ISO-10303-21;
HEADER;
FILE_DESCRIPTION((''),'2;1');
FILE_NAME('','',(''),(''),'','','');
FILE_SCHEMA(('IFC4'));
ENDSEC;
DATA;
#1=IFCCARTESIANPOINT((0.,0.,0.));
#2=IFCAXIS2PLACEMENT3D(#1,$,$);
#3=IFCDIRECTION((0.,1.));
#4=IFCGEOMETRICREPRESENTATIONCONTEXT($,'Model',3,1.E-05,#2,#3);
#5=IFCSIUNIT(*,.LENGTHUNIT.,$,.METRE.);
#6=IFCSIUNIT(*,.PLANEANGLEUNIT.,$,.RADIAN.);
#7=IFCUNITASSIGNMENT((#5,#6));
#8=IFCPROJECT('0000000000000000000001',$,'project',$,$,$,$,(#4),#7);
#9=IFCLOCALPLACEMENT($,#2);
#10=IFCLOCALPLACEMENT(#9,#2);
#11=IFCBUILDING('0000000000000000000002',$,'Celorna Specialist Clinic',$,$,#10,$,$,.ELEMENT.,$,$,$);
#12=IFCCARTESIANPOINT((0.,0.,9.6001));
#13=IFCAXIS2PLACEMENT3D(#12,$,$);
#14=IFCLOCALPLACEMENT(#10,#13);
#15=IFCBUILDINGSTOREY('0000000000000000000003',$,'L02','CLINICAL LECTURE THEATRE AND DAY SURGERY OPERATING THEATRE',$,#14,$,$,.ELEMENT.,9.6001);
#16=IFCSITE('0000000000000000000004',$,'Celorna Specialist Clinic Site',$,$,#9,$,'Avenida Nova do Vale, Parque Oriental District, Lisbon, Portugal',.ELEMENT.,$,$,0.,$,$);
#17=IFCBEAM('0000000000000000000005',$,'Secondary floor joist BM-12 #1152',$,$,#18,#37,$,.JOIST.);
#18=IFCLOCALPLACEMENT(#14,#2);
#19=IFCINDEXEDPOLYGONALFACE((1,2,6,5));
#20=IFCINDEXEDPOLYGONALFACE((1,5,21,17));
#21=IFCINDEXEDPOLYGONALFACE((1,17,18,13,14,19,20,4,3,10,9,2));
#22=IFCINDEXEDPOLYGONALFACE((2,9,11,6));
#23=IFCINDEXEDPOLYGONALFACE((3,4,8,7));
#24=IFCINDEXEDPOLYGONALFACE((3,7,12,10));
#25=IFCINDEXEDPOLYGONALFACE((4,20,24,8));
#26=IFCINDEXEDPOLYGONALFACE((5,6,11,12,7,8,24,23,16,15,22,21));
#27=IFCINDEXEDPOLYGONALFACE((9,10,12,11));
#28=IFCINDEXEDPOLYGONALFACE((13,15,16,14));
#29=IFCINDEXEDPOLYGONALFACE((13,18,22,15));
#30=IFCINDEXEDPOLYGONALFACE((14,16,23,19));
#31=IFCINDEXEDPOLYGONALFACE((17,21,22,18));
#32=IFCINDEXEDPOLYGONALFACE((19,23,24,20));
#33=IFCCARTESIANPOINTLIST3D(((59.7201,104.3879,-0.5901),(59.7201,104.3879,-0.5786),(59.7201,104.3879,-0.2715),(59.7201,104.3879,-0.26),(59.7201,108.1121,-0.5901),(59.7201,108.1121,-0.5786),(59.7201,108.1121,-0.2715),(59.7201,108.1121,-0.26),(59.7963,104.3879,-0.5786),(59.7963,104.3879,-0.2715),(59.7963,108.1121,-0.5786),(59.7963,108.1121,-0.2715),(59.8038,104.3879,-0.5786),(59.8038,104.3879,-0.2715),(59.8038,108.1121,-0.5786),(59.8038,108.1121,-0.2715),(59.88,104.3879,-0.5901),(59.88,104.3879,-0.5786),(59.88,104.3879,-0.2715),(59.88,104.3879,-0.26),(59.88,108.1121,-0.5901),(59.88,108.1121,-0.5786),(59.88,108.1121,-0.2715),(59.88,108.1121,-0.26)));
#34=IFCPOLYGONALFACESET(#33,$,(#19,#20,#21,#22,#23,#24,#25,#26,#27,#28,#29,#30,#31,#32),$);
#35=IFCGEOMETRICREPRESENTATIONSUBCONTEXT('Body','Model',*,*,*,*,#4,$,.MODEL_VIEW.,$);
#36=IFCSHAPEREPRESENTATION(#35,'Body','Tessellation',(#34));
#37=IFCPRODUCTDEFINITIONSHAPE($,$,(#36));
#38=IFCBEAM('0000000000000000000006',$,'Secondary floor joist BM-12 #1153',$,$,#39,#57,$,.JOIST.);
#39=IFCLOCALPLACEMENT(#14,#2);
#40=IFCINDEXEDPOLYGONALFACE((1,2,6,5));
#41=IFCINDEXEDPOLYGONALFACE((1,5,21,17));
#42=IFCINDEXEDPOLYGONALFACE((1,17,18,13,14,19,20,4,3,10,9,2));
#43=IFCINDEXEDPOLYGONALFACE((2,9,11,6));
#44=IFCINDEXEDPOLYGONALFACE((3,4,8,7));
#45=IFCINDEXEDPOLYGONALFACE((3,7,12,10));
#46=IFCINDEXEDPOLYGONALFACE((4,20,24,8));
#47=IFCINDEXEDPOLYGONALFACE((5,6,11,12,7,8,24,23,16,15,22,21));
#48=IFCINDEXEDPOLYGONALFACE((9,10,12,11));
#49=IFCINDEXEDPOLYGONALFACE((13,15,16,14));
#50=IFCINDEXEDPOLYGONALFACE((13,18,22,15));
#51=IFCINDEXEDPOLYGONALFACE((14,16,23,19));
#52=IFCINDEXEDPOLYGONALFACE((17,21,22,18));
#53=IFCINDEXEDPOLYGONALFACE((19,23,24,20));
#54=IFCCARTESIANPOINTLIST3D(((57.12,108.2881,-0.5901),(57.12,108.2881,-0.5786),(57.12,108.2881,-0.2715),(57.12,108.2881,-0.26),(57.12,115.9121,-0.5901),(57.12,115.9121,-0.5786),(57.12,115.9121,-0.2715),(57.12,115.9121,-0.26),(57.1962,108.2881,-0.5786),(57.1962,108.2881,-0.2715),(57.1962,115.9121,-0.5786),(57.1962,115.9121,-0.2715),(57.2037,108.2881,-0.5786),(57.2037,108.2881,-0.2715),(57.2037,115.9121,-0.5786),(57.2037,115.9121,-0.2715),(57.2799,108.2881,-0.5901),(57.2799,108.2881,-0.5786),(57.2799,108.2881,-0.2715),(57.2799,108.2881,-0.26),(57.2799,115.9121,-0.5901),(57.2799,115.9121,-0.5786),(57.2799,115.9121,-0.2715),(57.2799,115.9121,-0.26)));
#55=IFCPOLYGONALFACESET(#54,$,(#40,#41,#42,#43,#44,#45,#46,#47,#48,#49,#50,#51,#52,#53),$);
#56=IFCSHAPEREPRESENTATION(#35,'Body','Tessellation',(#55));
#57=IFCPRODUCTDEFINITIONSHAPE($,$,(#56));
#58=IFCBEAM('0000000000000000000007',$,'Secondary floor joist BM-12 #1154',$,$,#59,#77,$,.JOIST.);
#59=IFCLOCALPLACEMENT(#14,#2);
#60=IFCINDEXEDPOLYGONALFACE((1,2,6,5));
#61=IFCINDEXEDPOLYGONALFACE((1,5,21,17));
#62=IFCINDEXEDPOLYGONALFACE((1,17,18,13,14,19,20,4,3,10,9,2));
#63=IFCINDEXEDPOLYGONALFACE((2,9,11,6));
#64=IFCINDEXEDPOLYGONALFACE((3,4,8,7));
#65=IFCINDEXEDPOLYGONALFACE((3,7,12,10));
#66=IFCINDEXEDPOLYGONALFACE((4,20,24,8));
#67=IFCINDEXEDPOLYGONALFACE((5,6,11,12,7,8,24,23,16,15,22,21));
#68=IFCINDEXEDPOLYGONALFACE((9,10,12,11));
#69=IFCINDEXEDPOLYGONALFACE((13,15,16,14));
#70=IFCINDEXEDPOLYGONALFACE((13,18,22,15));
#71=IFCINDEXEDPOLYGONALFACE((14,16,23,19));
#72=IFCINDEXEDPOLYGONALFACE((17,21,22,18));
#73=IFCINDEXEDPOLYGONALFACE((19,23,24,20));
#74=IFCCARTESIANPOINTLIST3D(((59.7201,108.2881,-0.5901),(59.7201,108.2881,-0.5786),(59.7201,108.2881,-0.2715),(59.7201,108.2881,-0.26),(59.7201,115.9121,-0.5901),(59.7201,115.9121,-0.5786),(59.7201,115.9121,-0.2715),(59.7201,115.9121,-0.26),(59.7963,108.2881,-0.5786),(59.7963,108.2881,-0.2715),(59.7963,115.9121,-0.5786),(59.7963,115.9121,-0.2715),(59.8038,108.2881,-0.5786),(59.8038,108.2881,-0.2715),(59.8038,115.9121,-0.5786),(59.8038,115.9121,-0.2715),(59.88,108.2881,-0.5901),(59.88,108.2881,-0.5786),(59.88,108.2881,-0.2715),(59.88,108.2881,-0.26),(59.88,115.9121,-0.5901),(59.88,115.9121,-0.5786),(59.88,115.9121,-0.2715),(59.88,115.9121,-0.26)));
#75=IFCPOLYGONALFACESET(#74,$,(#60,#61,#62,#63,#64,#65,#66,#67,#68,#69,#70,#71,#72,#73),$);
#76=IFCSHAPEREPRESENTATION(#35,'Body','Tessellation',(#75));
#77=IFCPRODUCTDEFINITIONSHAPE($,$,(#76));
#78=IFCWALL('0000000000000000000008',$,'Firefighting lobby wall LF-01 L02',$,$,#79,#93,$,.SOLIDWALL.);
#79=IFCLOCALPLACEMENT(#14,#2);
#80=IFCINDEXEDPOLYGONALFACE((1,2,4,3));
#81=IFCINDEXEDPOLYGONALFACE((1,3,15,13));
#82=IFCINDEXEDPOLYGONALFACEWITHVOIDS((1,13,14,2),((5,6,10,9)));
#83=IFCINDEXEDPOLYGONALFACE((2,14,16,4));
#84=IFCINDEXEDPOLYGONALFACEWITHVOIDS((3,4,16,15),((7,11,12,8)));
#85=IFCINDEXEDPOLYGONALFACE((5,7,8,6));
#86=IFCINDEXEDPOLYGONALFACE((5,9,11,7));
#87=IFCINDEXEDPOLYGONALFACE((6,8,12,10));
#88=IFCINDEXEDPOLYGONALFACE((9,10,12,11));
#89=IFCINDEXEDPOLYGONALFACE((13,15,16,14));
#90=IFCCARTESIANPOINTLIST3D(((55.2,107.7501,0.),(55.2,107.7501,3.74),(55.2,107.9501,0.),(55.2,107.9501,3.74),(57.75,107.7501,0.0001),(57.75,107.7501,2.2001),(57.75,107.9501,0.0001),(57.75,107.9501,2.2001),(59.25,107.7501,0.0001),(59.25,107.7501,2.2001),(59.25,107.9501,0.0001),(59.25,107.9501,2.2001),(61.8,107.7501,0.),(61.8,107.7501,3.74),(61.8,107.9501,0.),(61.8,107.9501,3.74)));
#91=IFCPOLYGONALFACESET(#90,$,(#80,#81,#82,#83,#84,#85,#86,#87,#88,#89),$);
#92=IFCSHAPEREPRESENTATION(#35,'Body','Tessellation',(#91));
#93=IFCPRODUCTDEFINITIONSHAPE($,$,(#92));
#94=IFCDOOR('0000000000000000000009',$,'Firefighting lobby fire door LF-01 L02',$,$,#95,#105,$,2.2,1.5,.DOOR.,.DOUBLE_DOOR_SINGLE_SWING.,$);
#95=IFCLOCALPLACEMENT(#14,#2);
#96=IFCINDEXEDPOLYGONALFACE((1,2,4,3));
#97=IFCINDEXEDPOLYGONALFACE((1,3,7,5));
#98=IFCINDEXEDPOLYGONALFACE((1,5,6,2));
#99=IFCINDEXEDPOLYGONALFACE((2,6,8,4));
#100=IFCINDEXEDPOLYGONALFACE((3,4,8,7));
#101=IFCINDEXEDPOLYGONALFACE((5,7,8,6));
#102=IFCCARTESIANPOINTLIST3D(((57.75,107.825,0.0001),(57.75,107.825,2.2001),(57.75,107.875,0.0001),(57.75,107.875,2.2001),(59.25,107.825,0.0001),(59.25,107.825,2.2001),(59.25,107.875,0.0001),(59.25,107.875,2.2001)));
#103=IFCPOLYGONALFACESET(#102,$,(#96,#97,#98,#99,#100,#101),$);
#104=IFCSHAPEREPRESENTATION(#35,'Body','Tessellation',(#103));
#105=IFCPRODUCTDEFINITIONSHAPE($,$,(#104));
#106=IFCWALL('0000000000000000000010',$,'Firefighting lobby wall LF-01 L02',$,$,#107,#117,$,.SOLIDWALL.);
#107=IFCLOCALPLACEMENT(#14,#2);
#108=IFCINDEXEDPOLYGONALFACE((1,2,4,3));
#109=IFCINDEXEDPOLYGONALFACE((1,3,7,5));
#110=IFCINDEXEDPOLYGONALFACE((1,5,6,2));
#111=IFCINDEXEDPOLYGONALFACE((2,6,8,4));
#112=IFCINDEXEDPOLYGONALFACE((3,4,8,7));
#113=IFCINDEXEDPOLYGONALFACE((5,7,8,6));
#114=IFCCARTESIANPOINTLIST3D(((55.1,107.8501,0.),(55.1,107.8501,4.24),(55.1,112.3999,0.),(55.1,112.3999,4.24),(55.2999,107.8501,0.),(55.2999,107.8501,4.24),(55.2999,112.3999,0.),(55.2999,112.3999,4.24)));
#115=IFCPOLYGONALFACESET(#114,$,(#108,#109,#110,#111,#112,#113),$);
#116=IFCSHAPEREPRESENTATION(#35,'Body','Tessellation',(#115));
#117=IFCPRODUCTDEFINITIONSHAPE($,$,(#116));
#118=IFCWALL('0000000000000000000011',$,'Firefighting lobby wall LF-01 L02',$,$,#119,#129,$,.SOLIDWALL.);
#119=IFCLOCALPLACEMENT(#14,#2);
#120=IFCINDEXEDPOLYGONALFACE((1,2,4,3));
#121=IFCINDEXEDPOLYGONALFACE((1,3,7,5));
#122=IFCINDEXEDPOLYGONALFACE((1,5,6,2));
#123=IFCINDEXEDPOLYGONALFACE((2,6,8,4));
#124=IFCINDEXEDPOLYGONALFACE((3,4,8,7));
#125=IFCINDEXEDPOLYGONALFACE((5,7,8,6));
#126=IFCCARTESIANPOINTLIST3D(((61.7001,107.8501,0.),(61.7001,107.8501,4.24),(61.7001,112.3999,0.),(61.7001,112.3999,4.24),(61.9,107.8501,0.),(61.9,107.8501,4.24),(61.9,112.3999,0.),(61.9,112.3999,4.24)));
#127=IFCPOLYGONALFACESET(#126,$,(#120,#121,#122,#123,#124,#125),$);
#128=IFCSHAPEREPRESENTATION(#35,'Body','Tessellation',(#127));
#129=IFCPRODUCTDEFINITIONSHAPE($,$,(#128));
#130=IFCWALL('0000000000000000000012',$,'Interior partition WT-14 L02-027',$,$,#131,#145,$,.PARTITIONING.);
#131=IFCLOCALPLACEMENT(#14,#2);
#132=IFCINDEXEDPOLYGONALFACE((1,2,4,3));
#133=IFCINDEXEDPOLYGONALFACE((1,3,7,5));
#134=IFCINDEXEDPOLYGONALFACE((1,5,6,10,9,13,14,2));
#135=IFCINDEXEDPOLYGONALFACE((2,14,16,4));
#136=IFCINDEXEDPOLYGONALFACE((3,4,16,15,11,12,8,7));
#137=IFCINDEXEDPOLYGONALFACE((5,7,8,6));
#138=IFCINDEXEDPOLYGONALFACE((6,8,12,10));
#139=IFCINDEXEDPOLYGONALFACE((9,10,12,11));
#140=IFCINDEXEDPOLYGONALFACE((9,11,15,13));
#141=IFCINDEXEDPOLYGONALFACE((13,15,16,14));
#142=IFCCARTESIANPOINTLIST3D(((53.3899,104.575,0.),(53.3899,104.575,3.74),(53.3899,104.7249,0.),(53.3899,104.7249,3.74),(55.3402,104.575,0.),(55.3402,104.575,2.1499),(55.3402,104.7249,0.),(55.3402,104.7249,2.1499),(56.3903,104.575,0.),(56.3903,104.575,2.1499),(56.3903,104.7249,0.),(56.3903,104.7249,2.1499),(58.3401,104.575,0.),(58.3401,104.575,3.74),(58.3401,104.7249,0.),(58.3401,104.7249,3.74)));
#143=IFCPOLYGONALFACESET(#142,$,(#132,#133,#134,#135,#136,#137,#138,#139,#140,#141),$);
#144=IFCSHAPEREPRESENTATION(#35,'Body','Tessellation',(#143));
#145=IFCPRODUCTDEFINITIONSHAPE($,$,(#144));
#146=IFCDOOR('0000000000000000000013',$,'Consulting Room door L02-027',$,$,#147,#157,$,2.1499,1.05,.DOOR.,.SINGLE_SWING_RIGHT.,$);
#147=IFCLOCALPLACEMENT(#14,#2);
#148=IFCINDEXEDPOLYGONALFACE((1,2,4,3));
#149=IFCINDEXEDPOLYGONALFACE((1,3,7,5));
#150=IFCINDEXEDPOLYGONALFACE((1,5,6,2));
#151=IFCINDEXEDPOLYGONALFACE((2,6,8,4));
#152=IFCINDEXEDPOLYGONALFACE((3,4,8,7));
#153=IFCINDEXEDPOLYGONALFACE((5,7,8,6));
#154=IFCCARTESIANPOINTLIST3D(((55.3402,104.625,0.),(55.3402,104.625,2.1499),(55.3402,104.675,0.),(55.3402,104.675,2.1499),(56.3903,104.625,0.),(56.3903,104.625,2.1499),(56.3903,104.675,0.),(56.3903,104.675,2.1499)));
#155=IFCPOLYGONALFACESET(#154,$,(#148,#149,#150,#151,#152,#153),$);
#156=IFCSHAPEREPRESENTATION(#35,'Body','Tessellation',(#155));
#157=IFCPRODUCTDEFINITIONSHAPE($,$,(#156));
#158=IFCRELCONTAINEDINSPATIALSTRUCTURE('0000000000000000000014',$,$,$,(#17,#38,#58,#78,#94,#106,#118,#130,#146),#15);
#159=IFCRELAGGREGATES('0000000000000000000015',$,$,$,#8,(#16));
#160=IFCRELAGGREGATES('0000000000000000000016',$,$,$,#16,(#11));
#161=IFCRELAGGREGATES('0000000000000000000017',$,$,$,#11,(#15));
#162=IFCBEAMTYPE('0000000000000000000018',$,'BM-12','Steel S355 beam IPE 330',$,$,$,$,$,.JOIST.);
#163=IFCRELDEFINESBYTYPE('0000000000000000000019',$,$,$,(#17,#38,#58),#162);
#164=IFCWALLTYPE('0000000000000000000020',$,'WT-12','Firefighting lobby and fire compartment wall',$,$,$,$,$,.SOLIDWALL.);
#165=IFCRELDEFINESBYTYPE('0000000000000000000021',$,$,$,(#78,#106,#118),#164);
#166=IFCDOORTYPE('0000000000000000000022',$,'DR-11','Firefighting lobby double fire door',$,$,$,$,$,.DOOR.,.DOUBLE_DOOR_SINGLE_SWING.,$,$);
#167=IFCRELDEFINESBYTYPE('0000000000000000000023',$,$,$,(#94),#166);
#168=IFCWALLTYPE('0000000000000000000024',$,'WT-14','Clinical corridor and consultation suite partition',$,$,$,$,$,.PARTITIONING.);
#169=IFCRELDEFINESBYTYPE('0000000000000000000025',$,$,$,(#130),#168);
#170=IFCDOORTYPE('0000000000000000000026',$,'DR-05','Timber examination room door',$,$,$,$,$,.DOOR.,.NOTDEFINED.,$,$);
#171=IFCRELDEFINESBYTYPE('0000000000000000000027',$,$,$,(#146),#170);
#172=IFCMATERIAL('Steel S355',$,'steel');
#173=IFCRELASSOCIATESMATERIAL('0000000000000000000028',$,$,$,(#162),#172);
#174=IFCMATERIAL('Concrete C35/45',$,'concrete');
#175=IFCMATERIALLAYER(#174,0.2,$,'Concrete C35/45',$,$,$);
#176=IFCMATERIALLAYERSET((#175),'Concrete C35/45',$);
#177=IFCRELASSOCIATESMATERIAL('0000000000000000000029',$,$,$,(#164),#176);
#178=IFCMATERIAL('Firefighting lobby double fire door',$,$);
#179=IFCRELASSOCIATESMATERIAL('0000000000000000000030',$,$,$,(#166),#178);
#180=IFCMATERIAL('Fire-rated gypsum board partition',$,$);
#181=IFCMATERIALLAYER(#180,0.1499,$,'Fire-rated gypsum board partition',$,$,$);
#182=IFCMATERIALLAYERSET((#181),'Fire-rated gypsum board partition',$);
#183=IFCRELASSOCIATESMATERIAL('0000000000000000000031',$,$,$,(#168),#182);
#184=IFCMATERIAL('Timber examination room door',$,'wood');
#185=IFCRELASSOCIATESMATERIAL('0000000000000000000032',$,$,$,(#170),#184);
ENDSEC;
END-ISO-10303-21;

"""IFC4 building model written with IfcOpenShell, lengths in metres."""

from ifc_helpers import new_model, si_unit, direction, frame, frame_2d, origin, origin_2d, place, context, subcontext, project, spatial, rectangle, i_section, extrude, material, layer, layer_set, material_profile, profile_set, type_object, element, fill, save


model = new_model("IFC4")

# Units and contexts
model_context = context("Model", 3, precision=1e-05, world=origin(), true_north=direction((0.0, 1.0)))
body_context = subcontext(model_context, "Body", "Model", "MODEL_VIEW")
ifc_project = project(units=[si_unit("LENGTHUNIT", "METRE"), si_unit("PLANEANGLEUNIT", "RADIAN")], contexts=[model_context])

# Site, building, storey
site_placement = place(None, origin())
site = spatial("IfcSite", under=ifc_project, at=site_placement, Name="Celorna Specialist Clinic Site", LongName="Avenida Nova do Vale, Parque Oriental District, Lisbon, Portugal", CompositionType="ELEMENT", RefElevation=0.0)
building_placement = place(site_placement, origin())
building = spatial("IfcBuilding", under=site, at=building_placement, Name="Celorna Specialist Clinic", CompositionType="ELEMENT")
storey_placement = place(building_placement, frame((0.0, 0.0, 9.6001)))
storey = spatial("IfcBuildingStorey", under=building, at=storey_placement, Name="L02", Description="CLINICAL LECTURE THEATRE AND DAY SURGERY OPERATING THEATRE", CompositionType="ELEMENT", Elevation=9.6001)

# Shared definitions
ifc_material_1 = material(Name="Concrete C35/45", Category="concrete")

# Beams
ifc_material_2 = material(Name="Steel S355", Category="steel")
ifc_material_profile_1 = material_profile(ifc_material_2, i_section(OverallWidth=0.1599, OverallDepth=0.3301, WebThickness=0.0076, FlangeThickness=0.0115, at=origin_2d()), Name="IPE 330")
ifc_profile_set_1 = profile_set([ifc_material_profile_1], Name="Steel S355")
beam_type_1 = type_object("IfcBeamType", Name="BM-12", Description="Steel S355 beam IPE 330", PredefinedType="JOIST", material=ifc_profile_set_1)
for number, where, z_axis, x_axis, name in (
    (1, (59.8, 104.3879, -0.425), (0.0, 1.0, 0.0), (-1.0, 0.0, 0.0), "Secondary floor joist BM-12 #1152"),
):
    element("IfcBeam", number, at=place(storey_placement, frame(where, z_axis=z_axis, x_axis=x_axis)), inside=storey, type_object=beam_type_1, Name=name, PredefinedType="JOIST", context=body_context, shape_type="SweptSolid", body=[
        extrude(i_section(OverallWidth=0.1599, OverallDepth=0.3301, WebThickness=0.0076, FlangeThickness=0.0115, at=origin_2d()), origin(), (0.0, 0.0, 1.0), 3.7241),
    ])
for number, where, z_axis, x_axis, name in (
    (2, (57.2, 108.2881, -0.425), (0.0, 1.0, 0.0), (-1.0, 0.0, 0.0), "Secondary floor joist BM-12 #1153"),
    (3, (59.8, 108.2881, -0.425), (0.0, 1.0, 0.0), (-1.0, 0.0, 0.0), "Secondary floor joist BM-12 #1154"),
):
    element("IfcBeam", number, at=place(storey_placement, frame(where, z_axis=z_axis, x_axis=x_axis)), inside=storey, type_object=beam_type_1, Name=name, PredefinedType="JOIST", context=body_context, shape_type="SweptSolid", body=[
        extrude(i_section(OverallWidth=0.1599, OverallDepth=0.3301, WebThickness=0.0076, FlangeThickness=0.0115, at=origin_2d()), origin(), (0.0, 0.0, 1.0), 7.624),
    ])

# Wall, opening, door
ifc_layer_1 = layer(ifc_material_1, 0.2, Name="Concrete C35/45")
ifc_layer_set_1 = layer_set([ifc_layer_1], Name="Concrete C35/45")
wall_type_1 = type_object("IfcWallType", Name="WT-12", Description="Firefighting lobby and fire compartment wall", PredefinedType="SOLIDWALL", material=ifc_layer_set_1)
wall_1_placement = place(storey_placement, frame((55.2, 107.8501, 0.0), z_axis=(0.0, 0.0, 1.0), x_axis=(1.0, 0.0, 0.0)))
wall_1 = element("IfcWall", 4, at=wall_1_placement, inside=storey, type_object=wall_type_1, Name="Firefighting lobby wall LF-01 L02", PredefinedType="SOLIDWALL", context=body_context, shape_type="SweptSolid", body=[
    extrude(rectangle(XDim=6.6001, YDim=0.2, at=frame_2d((3.3, 0.0))), origin(), (0.0, 0.0, 1.0), 3.74),
])
opening_1_placement = place(wall_1_placement, frame((2.55, 0.0, 0.0)))
opening_1 = element("IfcOpeningElement", 5, at=opening_1_placement, cuts=wall_1, PredefinedType="OPENING", context=body_context, shape_type="SweptSolid", body=[
    extrude(rectangle(XDim=1.5, YDim=2.2, at=frame_2d((0.75, 1.1001))), frame((0.0, 0.1099, 0.0), z_axis=(0.0, -1.0, 0.0), x_axis=(1.0, 0.0, 0.0)), (0.0, 0.0, 1.0), 0.22),
])
ifc_material_3 = material(Name="Firefighting lobby double fire door")
door_type_1 = type_object("IfcDoorType", Name="DR-11", Description="Firefighting lobby double fire door", OperationType="DOUBLE_DOOR_SINGLE_SWING", PredefinedType="DOOR", material=ifc_material_3)
door_1_placement = place(opening_1_placement, origin())
door_1 = element("IfcDoor", 6, at=door_1_placement, inside=storey, type_object=door_type_1, Name="Firefighting lobby fire door LF-01 L02", OperationType="DOUBLE_DOOR_SINGLE_SWING", OverallHeight=2.2, OverallWidth=1.5, PredefinedType="DOOR", context=body_context, shape_type="SweptSolid", body=[
    extrude(rectangle(XDim=1.5, YDim=2.2, at=frame_2d((0.75, 1.1001))), frame((0.0, 0.0249, 0.0), z_axis=(0.0, -1.0, 0.0), x_axis=(1.0, 0.0, 0.0)), (0.0, 0.0, 1.0), 0.05),
])
fill(opening_1, door_1)

# Walls
for number, where, z_axis, x_axis, name in (
    (7, (55.2, 112.3999, 0.0), (0.0, 0.0, 1.0), (0.0, -1.0, 0.0), "Firefighting lobby wall LF-01 L02"),
    (8, (61.8, 107.8501, 0.0), (0.0, 0.0, 1.0), (0.0, 1.0, 0.0), "Firefighting lobby wall LF-01 L02"),
):
    element("IfcWall", number, at=place(storey_placement, frame(where, z_axis=z_axis, x_axis=x_axis)), inside=storey, type_object=wall_type_1, Name=name, PredefinedType="SOLIDWALL", context=body_context, shape_type="SweptSolid", body=[
        extrude(rectangle(XDim=4.5498, YDim=0.2, at=frame_2d((2.2749, 0.0))), origin(), (0.0, 0.0, 1.0), 4.24),
    ])

# Wall, opening, door
ifc_material_4 = material(Name="Fire-rated gypsum board partition")
ifc_layer_2 = layer(ifc_material_4, 0.1499, Name="Fire-rated gypsum board partition")
ifc_layer_set_2 = layer_set([ifc_layer_2], Name="Fire-rated gypsum board partition")
wall_type_2 = type_object("IfcWallType", Name="WT-14", Description="Clinical corridor and consultation suite partition", PredefinedType="PARTITIONING", material=ifc_layer_set_2)
wall_2_placement = place(storey_placement, frame((58.3401, 104.6499, 0.0), z_axis=(0.0, 0.0, 1.0), x_axis=(-1.0, 0.0, 0.0)))
wall_2 = element("IfcWall", 9, at=wall_2_placement, inside=storey, type_object=wall_type_2, Name="Interior partition WT-14 L02-027", PredefinedType="PARTITIONING", context=body_context, shape_type="SweptSolid", body=[
    extrude(rectangle(XDim=4.9502, YDim=0.1499, at=frame_2d((2.4751, 0.0))), origin(), (0.0, 0.0, 1.0), 3.74),
])
opening_2_placement = place(wall_2_placement, frame((1.95, 0.0, 0.0)))
opening_2 = element("IfcOpeningElement", 10, at=opening_2_placement, cuts=wall_2, PredefinedType="OPENING", context=body_context, shape_type="SweptSolid", body=[
    extrude(rectangle(XDim=1.05, YDim=2.1499, at=frame_2d((0.5249, 1.075))), frame((0.0, 0.085, 0.0), z_axis=(0.0, -1.0, 0.0), x_axis=(1.0, 0.0, 0.0)), (0.0, 0.0, 1.0), 0.1699),
])
ifc_material_5 = material(Name="Timber examination room door", Category="wood")
door_type_2 = type_object("IfcDoorType", Name="DR-05", Description="Timber examination room door", OperationType="NOTDEFINED", PredefinedType="DOOR", material=ifc_material_5)
door_2_placement = place(opening_2_placement, origin())
door_2 = element("IfcDoor", 11, at=door_2_placement, inside=storey, type_object=door_type_2, Name="Consulting Room door L02-027", OperationType="SINGLE_SWING_RIGHT", OverallHeight=2.1499, OverallWidth=1.05, PredefinedType="DOOR", context=body_context, shape_type="SweptSolid", body=[
    extrude(rectangle(XDim=1.05, YDim=2.1499, at=frame_2d((0.5249, 1.075))), frame((0.0, 0.0249, 0.0), z_axis=(0.0, -1.0, 0.0), x_axis=(1.0, 0.0, 0.0)), (0.0, 0.0, 1.0), 0.05),
])
fill(opening_2, door_2)

save(model, "model.ifc")
